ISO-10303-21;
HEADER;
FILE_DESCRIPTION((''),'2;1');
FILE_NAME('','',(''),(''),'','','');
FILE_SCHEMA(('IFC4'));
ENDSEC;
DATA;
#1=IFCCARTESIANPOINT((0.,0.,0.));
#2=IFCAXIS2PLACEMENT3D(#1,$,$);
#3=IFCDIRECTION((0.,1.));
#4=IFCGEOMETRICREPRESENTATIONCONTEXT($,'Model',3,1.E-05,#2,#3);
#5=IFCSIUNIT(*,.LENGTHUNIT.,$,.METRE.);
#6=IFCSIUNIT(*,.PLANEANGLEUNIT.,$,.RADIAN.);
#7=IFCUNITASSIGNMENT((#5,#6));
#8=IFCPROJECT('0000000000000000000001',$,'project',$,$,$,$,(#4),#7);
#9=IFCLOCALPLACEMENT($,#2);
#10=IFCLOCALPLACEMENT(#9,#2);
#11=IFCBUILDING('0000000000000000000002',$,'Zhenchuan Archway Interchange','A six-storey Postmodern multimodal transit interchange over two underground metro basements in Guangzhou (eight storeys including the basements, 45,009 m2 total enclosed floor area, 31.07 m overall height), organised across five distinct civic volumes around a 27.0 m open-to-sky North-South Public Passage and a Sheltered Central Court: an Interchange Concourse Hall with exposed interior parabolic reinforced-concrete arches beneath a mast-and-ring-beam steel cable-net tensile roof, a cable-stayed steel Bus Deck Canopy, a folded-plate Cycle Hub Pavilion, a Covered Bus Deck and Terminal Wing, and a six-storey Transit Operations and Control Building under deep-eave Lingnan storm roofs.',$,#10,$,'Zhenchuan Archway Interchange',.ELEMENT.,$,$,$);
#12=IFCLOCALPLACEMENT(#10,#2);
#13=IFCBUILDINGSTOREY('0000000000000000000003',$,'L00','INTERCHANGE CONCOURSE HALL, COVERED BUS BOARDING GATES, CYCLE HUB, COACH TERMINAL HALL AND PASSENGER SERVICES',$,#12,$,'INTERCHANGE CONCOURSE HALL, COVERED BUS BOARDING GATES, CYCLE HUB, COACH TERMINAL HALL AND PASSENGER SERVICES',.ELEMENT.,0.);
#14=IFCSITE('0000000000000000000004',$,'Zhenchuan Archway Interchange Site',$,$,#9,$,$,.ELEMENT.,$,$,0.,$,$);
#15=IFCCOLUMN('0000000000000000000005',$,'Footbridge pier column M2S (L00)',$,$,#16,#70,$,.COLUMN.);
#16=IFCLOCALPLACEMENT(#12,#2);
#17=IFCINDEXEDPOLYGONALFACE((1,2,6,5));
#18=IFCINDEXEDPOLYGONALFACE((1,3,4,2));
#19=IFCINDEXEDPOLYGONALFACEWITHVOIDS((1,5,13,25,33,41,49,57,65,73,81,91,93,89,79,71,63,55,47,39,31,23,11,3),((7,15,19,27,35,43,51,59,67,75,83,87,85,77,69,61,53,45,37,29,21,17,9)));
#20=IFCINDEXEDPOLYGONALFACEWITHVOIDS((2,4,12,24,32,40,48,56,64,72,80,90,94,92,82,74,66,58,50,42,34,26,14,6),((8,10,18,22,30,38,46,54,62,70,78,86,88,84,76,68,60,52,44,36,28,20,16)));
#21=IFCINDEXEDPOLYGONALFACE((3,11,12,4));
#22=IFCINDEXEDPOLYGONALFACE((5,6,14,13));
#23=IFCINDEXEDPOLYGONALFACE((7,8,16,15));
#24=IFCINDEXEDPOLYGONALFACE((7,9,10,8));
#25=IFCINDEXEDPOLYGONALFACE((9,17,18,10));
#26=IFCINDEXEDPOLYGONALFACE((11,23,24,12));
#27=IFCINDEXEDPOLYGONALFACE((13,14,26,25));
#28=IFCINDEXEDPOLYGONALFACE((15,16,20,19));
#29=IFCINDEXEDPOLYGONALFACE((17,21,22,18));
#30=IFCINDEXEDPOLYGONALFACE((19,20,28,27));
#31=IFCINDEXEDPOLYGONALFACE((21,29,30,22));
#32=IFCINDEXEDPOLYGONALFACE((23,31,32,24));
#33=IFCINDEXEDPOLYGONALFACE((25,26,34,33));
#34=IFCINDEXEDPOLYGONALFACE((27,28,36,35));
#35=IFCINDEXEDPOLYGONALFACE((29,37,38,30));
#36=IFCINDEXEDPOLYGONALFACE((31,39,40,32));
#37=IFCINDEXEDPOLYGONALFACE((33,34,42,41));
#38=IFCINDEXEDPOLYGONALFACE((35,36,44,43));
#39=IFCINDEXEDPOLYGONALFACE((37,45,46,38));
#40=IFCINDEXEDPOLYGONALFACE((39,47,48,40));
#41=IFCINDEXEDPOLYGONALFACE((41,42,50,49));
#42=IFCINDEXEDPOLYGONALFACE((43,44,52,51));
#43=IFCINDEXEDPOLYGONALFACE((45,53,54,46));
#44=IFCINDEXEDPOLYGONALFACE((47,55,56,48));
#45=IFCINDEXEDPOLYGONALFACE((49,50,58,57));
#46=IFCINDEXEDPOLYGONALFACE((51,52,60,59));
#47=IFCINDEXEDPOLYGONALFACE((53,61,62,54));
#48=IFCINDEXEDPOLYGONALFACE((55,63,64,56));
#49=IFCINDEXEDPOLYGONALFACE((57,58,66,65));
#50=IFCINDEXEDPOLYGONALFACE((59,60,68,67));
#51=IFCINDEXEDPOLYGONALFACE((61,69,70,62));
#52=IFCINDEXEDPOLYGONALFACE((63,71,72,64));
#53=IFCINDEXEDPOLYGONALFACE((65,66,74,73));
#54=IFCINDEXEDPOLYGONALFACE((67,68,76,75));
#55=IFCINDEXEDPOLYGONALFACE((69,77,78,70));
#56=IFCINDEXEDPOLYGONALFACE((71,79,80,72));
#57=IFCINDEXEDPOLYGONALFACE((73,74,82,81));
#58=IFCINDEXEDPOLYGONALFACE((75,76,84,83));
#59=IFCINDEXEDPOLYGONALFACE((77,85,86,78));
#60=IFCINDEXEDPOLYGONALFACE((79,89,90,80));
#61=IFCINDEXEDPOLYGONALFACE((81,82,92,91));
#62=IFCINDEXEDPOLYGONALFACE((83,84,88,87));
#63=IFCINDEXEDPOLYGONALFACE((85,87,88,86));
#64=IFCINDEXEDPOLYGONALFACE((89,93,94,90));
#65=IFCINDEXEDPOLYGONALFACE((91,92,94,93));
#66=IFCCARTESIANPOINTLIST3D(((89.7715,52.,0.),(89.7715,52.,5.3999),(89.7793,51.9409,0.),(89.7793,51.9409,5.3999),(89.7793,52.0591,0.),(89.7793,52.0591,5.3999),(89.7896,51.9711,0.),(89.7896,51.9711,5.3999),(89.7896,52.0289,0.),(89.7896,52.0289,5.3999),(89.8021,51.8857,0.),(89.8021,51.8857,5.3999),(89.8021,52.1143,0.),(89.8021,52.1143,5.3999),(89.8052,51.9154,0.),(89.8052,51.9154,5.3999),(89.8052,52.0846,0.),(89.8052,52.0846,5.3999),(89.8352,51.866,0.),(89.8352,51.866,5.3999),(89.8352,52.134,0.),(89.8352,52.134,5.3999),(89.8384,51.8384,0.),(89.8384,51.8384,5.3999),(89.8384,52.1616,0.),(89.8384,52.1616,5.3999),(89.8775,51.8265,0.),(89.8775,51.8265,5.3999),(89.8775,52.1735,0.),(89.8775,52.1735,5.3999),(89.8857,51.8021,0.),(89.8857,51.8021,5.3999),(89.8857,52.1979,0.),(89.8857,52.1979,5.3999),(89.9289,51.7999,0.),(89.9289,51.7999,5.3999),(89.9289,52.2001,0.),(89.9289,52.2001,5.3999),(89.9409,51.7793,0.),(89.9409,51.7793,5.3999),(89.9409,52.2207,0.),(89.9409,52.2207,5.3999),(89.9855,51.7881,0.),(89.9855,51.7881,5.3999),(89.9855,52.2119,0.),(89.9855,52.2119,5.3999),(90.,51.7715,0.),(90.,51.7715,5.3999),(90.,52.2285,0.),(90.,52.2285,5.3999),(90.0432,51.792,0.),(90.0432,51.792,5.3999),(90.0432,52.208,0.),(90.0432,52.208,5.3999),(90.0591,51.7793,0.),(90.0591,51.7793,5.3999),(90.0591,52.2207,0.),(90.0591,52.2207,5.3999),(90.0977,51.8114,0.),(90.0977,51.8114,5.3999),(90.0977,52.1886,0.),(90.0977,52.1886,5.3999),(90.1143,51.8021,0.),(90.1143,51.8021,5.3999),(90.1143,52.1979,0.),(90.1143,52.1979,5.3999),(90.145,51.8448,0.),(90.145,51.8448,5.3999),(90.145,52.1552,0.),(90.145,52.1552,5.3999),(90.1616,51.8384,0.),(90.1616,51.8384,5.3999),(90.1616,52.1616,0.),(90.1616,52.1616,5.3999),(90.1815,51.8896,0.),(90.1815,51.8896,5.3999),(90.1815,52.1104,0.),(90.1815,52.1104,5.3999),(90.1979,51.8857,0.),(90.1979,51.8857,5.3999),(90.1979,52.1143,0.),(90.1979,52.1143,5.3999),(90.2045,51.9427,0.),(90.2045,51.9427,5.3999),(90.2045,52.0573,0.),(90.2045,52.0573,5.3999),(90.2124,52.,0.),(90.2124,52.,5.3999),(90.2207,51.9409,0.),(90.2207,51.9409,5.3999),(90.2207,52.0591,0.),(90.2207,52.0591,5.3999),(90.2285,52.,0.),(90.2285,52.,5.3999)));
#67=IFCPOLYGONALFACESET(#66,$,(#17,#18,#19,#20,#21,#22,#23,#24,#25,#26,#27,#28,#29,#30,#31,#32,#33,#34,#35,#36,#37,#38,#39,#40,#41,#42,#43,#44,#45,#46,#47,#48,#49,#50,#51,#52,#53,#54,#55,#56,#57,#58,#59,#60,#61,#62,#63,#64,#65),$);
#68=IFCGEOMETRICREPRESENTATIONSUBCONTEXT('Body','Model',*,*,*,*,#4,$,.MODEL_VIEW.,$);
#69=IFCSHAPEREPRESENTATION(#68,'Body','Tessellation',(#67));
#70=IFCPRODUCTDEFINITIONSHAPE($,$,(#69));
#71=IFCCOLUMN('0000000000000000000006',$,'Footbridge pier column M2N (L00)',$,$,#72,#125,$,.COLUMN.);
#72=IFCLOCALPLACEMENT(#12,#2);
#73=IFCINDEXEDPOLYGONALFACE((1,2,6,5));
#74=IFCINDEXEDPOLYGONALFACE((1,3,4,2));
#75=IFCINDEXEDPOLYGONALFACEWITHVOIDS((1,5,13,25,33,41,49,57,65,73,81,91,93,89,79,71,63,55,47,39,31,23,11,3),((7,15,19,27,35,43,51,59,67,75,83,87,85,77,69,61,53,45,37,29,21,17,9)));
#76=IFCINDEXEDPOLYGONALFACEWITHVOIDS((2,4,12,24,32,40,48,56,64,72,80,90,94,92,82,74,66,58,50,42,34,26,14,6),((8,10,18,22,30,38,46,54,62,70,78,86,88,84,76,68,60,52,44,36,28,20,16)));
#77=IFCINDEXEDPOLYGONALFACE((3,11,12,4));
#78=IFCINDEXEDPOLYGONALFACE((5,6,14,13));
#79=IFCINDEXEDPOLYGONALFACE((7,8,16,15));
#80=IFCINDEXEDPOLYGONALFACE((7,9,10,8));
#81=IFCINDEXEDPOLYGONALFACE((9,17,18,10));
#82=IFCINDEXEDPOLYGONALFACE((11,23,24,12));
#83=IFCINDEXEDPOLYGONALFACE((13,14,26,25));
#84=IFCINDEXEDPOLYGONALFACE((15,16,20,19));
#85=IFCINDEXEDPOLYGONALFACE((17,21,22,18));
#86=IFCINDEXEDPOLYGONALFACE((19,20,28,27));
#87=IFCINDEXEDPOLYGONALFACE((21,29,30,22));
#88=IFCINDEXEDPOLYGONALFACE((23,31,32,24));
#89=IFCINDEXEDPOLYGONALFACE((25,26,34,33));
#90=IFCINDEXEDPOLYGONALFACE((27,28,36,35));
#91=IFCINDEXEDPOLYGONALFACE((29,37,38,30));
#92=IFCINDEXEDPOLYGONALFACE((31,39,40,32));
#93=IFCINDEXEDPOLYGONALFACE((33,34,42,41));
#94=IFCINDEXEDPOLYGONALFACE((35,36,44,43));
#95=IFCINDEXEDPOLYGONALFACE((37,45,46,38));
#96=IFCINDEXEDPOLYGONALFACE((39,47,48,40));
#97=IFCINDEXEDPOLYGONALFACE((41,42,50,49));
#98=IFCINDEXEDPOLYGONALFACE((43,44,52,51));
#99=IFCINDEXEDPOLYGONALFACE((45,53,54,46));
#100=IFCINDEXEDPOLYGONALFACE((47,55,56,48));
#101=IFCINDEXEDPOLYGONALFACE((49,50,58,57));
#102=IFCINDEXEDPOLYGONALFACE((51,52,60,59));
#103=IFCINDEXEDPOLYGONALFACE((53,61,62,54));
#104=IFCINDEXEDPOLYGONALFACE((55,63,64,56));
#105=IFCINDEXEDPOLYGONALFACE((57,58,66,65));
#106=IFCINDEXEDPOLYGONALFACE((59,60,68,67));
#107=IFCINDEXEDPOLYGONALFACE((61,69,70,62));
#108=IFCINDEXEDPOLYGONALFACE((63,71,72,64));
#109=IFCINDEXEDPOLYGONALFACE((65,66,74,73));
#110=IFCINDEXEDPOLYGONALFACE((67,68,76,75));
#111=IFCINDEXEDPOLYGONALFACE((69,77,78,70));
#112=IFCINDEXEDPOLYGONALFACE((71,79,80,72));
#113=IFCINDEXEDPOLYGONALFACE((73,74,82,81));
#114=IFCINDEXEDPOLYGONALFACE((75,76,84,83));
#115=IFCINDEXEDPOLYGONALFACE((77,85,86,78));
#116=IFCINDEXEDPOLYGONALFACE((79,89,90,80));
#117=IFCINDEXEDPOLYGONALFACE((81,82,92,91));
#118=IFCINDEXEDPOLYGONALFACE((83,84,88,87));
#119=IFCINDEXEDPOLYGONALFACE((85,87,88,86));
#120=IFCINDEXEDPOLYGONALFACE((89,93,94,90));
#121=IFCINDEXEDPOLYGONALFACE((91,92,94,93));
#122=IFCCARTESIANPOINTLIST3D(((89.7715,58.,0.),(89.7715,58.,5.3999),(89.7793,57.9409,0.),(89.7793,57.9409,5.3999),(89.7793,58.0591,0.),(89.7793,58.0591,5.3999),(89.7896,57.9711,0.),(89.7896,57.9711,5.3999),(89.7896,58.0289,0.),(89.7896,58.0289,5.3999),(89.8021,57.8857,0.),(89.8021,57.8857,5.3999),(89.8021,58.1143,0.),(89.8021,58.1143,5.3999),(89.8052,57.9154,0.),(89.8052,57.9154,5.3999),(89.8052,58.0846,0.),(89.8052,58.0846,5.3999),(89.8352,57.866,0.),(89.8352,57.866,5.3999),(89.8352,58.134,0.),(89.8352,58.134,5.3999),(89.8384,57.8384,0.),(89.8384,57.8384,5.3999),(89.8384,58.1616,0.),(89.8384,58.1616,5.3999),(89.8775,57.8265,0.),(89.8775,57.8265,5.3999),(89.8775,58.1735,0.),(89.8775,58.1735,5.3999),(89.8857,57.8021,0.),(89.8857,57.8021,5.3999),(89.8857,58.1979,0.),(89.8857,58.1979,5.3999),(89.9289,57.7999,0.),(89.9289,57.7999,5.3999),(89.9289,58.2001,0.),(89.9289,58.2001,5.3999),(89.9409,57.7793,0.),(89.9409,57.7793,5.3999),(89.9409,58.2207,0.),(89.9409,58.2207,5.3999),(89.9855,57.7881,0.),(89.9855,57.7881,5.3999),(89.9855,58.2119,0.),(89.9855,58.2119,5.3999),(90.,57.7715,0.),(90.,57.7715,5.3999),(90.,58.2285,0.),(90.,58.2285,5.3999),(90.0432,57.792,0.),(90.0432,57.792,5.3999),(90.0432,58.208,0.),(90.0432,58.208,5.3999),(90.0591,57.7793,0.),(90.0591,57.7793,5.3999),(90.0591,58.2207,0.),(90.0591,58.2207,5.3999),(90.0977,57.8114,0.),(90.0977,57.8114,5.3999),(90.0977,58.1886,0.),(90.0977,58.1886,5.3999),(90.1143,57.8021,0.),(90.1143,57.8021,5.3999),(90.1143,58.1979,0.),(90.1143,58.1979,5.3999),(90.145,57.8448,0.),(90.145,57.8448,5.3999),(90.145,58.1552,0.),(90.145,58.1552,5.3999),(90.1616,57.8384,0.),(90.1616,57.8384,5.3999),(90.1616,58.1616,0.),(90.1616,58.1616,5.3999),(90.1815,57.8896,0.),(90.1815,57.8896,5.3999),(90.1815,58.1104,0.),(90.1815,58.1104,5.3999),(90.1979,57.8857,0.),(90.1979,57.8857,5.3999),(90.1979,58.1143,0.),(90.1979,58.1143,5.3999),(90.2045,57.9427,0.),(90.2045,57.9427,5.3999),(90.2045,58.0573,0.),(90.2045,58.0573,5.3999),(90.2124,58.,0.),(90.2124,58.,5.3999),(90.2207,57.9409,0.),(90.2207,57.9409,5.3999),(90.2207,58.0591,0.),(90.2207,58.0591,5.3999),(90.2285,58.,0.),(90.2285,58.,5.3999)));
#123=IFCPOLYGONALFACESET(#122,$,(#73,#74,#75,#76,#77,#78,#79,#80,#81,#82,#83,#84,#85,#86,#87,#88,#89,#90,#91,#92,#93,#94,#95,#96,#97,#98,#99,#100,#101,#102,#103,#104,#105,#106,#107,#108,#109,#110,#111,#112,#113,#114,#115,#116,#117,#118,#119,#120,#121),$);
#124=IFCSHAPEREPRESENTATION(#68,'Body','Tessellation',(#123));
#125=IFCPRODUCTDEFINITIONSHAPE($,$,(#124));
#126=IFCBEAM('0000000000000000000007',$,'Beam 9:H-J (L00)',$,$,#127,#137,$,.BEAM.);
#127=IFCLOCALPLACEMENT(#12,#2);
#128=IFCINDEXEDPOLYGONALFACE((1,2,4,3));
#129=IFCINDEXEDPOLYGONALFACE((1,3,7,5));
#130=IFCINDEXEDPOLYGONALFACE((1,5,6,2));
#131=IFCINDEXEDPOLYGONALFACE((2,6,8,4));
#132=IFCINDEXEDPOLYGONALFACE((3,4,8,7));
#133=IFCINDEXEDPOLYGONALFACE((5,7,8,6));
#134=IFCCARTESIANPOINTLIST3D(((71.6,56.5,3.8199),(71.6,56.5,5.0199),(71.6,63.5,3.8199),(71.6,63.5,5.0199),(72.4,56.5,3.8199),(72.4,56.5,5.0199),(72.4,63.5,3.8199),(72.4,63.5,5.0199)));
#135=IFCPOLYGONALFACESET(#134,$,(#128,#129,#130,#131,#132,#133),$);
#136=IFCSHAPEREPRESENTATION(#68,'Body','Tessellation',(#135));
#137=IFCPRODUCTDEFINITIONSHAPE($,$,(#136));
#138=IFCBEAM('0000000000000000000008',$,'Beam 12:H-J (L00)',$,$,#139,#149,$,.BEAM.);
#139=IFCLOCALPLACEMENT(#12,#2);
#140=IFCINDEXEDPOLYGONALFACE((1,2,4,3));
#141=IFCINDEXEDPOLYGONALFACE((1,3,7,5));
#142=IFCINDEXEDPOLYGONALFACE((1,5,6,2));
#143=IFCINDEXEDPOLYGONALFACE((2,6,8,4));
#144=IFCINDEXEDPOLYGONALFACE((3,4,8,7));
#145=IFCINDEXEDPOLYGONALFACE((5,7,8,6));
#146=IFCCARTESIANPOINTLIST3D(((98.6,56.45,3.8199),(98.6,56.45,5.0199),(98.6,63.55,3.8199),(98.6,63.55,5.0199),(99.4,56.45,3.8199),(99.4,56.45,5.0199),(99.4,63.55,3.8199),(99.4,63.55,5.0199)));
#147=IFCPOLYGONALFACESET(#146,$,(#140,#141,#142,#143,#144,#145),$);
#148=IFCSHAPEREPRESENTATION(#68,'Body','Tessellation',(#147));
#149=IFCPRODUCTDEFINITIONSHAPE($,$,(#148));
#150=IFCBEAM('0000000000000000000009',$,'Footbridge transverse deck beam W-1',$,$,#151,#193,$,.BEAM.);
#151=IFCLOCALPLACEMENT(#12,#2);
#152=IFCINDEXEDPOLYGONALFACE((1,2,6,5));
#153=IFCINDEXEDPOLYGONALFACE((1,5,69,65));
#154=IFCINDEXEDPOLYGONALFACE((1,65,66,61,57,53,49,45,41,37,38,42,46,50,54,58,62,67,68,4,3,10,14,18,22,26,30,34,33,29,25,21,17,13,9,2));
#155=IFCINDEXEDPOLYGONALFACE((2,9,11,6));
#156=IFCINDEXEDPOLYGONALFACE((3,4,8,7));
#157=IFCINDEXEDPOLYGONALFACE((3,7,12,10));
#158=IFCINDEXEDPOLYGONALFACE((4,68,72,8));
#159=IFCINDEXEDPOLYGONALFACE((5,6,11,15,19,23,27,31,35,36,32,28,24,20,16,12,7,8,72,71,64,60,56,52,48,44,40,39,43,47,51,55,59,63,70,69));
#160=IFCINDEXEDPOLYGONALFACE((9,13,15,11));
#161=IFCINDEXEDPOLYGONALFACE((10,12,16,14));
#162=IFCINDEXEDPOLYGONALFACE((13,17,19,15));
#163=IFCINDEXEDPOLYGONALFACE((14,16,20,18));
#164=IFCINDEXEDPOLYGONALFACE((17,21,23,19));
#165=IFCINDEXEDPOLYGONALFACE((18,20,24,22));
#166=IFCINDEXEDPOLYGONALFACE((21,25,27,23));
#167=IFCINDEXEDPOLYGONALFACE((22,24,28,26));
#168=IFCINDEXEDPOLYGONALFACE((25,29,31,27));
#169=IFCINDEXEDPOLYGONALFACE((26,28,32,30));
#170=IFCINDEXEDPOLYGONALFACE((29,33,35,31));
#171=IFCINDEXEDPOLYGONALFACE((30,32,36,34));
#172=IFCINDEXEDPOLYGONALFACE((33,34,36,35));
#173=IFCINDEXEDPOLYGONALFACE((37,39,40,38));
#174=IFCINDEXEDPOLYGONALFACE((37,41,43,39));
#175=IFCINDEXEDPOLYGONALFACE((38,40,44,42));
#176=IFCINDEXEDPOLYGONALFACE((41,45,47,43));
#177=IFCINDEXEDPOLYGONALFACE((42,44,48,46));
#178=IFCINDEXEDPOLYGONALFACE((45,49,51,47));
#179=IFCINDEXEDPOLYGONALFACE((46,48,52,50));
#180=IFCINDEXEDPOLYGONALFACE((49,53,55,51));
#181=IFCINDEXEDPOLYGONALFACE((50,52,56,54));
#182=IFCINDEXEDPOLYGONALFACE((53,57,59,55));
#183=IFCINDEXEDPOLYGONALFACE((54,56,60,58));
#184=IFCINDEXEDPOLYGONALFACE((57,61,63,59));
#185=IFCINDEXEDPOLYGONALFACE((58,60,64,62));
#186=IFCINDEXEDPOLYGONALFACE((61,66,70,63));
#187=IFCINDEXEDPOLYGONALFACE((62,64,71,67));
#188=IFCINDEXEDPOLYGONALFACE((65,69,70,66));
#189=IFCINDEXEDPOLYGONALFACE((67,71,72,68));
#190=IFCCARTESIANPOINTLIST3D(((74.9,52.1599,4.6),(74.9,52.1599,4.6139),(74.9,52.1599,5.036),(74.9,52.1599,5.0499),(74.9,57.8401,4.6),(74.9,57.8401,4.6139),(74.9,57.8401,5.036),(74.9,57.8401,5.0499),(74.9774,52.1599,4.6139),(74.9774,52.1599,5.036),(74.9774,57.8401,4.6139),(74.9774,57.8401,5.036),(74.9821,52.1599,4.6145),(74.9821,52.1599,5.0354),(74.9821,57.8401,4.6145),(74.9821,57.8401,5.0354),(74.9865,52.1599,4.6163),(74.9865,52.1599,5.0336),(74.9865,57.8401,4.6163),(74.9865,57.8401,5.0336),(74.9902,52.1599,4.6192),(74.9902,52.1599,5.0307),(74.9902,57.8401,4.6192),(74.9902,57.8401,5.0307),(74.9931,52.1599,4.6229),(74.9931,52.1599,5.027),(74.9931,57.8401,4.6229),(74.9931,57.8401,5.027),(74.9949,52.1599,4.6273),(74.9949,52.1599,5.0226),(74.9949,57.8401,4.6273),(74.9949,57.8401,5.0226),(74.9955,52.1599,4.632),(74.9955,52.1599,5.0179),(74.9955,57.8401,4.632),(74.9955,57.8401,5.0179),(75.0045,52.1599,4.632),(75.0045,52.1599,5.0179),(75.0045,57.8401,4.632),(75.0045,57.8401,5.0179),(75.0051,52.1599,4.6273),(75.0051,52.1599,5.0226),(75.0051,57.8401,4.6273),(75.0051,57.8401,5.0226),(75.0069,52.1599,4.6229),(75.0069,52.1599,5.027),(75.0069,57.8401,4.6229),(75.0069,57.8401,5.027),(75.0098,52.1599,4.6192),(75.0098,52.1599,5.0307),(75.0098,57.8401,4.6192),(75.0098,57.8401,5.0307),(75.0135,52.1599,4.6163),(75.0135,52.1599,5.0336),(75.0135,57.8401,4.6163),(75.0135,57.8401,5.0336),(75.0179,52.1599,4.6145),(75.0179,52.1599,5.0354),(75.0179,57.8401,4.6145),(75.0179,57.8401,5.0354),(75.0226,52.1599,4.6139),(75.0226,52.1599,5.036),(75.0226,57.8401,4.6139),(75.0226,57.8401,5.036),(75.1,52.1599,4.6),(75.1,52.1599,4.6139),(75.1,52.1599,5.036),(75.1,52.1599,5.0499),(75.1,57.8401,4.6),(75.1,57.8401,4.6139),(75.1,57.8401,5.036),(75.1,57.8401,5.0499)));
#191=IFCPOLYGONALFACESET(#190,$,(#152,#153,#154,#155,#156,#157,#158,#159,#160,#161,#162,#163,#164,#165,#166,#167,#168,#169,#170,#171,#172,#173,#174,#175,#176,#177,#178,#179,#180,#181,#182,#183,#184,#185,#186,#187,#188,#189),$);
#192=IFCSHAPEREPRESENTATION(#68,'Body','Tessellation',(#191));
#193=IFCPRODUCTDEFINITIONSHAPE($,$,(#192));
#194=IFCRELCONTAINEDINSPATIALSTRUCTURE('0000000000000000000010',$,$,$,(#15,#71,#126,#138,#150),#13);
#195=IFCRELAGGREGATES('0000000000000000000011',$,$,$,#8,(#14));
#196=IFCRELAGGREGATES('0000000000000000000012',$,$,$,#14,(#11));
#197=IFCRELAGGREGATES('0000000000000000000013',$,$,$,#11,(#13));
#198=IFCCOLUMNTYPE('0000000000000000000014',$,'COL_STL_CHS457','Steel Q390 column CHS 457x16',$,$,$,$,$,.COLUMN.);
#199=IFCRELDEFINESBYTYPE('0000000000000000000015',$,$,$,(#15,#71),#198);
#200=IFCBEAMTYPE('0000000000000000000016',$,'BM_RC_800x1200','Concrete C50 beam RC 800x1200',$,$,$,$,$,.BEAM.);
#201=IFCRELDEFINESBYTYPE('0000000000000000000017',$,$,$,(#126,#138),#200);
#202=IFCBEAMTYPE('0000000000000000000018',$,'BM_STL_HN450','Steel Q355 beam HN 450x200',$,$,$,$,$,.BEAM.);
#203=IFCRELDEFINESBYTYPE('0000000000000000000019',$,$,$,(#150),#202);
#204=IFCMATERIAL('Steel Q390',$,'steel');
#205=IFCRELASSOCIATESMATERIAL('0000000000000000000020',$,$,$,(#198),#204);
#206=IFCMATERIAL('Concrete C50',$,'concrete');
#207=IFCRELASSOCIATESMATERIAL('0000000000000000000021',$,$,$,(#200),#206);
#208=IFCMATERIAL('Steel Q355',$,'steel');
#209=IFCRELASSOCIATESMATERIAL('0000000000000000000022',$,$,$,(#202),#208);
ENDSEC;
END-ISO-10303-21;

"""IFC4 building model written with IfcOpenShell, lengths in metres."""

from ifc_helpers import new_model, si_unit, direction, frame, origin, origin_2d, place, context, subcontext, project, spatial, rectangle, hollow_circle, i_section, extrude, material, material_profile, profile_set, type_object, element, save


model = new_model("IFC4")

# Units and contexts
model_context = context("Model", 3, precision=1e-05, world=origin(), true_north=direction((0.0, 1.0)))
body_context = subcontext(model_context, "Body", "Model", "MODEL_VIEW")
ifc_project = project(units=[si_unit("LENGTHUNIT", "METRE"), si_unit("PLANEANGLEUNIT", "RADIAN")], contexts=[model_context])

# Site, building, storey
site_placement = place(None, origin())
site = spatial("IfcSite", under=ifc_project, at=site_placement, Name="Zhenchuan Archway Interchange Site", CompositionType="ELEMENT", RefElevation=0.0)
building_placement = place(site_placement, origin())
building = spatial("IfcBuilding", under=site, at=building_placement, Name="Zhenchuan Archway Interchange", Description="A six-storey Postmodern multimodal transit interchange over two underground metro basements in Guangzhou (eight storeys including the basements, 45,009 m2 total enclosed floor area, 31.07 m overall height), organised across five distinct civic volumes around a 27.0 m open-to-sky North-South Public Passage and a Sheltered Central Court: an Interchange Concourse Hall with exposed interior parabolic reinforced-concrete arches beneath a mast-and-ring-beam steel cable-net tensile roof, a cable-stayed steel Bus Deck Canopy, a folded-plate Cycle Hub Pavilion, a Covered Bus Deck and Terminal Wing, and a six-storey Transit Operations and Control Building under deep-eave Lingnan storm roofs.", LongName="Zhenchuan Archway Interchange", CompositionType="ELEMENT")
storey_placement = place(building_placement, origin())
storey = spatial("IfcBuildingStorey", under=building, at=storey_placement, Name="L00", Description="INTERCHANGE CONCOURSE HALL, COVERED BUS BOARDING GATES, CYCLE HUB, COACH TERMINAL HALL AND PASSENGER SERVICES", LongName="INTERCHANGE CONCOURSE HALL, COVERED BUS BOARDING GATES, CYCLE HUB, COACH TERMINAL HALL AND PASSENGER SERVICES", CompositionType="ELEMENT", Elevation=0.0)

# Columns
ifc_material_1 = material(Name="Concrete C50", Category="concrete")
ifc_material_2 = material(Name="Steel Q390", Category="steel")
ifc_material_profile_1 = material_profile(ifc_material_2, hollow_circle(Radius=0.2285, WallThickness=0.0161, at=origin_2d()), Name="CHS 457x16")
ifc_profile_set_1 = profile_set([ifc_material_profile_1], Name="Steel Q390")
column_type_1 = type_object("IfcColumnType", Name="COL_STL_CHS457", Description="Steel Q390 column CHS 457x16", PredefinedType="COLUMN", material=ifc_profile_set_1)
for number, where, z_axis, x_axis, name in (
    (1, (90.0, 52.0, 0.0), (0.0, 0.0, 1.0), (1.0, 0.0, 0.0), "Footbridge pier column M2S (L00)"),
    (2, (90.0, 58.0, 0.0), (0.0, 0.0, 1.0), (1.0, 0.0, 0.0), "Footbridge pier column M2N (L00)"),
):
    element("IfcColumn", number, at=place(storey_placement, frame(where, z_axis=z_axis, x_axis=x_axis)), inside=storey, type_object=column_type_1, Name=name, PredefinedType="COLUMN", context=body_context, shape_type="SweptSolid", body=[
        extrude(hollow_circle(Radius=0.2285, WallThickness=0.0161, at=origin_2d()), origin(), (0.0, 0.0, 1.0), 5.3999),
    ])

# Beams
ifc_material_profile_2 = material_profile(ifc_material_1, rectangle(XDim=0.8, YDim=1.2, at=origin_2d()), Name="RC 800x1200")
ifc_profile_set_2 = profile_set([ifc_material_profile_2], Name="Concrete C50")
beam_type_1 = type_object("IfcBeamType", Name="BM_RC_800x1200", Description="Concrete C50 beam RC 800x1200", PredefinedType="BEAM", material=ifc_profile_set_2)
beam_1_placement = place(storey_placement, frame((72.0, 56.5, 4.4199), z_axis=(0.0, 1.0, 0.0), x_axis=(-1.0, 0.0, 0.0)))
element("IfcBeam", 3, at=beam_1_placement, inside=storey, type_object=beam_type_1, Name="Beam 9:H-J (L00)", PredefinedType="BEAM", context=body_context, shape_type="SweptSolid", body=[
    extrude(rectangle(XDim=0.8, YDim=1.2, at=origin_2d()), origin(), (0.0, 0.0, 1.0), 7.0),
])
beam_2_placement = place(storey_placement, frame((99.0, 56.45, 4.4199), z_axis=(0.0, 1.0, 0.0), x_axis=(-1.0, 0.0, 0.0)))
element("IfcBeam", 4, at=beam_2_placement, inside=storey, type_object=beam_type_1, Name="Beam 12:H-J (L00)", PredefinedType="BEAM", context=body_context, shape_type="SweptSolid", body=[
    extrude(rectangle(XDim=0.8, YDim=1.2, at=origin_2d()), origin(), (0.0, 0.0, 1.0), 7.1001),
])
ifc_material_3 = material(Name="Steel Q355", Category="steel")
ifc_material_profile_3 = material_profile(ifc_material_3, i_section(OverallWidth=0.2, OverallDepth=0.45, WebThickness=0.009, FlangeThickness=0.0139, FilletRadius=0.0181, at=origin_2d()), Name="HN 450x200")
ifc_profile_set_3 = profile_set([ifc_material_profile_3], Name="Steel Q355")
beam_type_2 = type_object("IfcBeamType", Name="BM_STL_HN450", Description="Steel Q355 beam HN 450x200", PredefinedType="BEAM", material=ifc_profile_set_3)
for number, where, z_axis, x_axis, name in (
    (5, (75.0, 52.1599, 4.825), (0.0, 1.0, 0.0), (-1.0, 0.0, 0.0), "Footbridge transverse deck beam W-1"),
):
    element("IfcBeam", number, at=place(storey_placement, frame(where, z_axis=z_axis, x_axis=x_axis)), inside=storey, type_object=beam_type_2, Name=name, PredefinedType="BEAM", context=body_context, shape_type="SweptSolid", body=[
        extrude(i_section(OverallWidth=0.2, OverallDepth=0.45, WebThickness=0.009, FlangeThickness=0.0139, FilletRadius=0.0181, at=origin_2d()), origin(), (0.0, 0.0, 1.0), 5.6802),
    ])

save(model, "model.ifc")
